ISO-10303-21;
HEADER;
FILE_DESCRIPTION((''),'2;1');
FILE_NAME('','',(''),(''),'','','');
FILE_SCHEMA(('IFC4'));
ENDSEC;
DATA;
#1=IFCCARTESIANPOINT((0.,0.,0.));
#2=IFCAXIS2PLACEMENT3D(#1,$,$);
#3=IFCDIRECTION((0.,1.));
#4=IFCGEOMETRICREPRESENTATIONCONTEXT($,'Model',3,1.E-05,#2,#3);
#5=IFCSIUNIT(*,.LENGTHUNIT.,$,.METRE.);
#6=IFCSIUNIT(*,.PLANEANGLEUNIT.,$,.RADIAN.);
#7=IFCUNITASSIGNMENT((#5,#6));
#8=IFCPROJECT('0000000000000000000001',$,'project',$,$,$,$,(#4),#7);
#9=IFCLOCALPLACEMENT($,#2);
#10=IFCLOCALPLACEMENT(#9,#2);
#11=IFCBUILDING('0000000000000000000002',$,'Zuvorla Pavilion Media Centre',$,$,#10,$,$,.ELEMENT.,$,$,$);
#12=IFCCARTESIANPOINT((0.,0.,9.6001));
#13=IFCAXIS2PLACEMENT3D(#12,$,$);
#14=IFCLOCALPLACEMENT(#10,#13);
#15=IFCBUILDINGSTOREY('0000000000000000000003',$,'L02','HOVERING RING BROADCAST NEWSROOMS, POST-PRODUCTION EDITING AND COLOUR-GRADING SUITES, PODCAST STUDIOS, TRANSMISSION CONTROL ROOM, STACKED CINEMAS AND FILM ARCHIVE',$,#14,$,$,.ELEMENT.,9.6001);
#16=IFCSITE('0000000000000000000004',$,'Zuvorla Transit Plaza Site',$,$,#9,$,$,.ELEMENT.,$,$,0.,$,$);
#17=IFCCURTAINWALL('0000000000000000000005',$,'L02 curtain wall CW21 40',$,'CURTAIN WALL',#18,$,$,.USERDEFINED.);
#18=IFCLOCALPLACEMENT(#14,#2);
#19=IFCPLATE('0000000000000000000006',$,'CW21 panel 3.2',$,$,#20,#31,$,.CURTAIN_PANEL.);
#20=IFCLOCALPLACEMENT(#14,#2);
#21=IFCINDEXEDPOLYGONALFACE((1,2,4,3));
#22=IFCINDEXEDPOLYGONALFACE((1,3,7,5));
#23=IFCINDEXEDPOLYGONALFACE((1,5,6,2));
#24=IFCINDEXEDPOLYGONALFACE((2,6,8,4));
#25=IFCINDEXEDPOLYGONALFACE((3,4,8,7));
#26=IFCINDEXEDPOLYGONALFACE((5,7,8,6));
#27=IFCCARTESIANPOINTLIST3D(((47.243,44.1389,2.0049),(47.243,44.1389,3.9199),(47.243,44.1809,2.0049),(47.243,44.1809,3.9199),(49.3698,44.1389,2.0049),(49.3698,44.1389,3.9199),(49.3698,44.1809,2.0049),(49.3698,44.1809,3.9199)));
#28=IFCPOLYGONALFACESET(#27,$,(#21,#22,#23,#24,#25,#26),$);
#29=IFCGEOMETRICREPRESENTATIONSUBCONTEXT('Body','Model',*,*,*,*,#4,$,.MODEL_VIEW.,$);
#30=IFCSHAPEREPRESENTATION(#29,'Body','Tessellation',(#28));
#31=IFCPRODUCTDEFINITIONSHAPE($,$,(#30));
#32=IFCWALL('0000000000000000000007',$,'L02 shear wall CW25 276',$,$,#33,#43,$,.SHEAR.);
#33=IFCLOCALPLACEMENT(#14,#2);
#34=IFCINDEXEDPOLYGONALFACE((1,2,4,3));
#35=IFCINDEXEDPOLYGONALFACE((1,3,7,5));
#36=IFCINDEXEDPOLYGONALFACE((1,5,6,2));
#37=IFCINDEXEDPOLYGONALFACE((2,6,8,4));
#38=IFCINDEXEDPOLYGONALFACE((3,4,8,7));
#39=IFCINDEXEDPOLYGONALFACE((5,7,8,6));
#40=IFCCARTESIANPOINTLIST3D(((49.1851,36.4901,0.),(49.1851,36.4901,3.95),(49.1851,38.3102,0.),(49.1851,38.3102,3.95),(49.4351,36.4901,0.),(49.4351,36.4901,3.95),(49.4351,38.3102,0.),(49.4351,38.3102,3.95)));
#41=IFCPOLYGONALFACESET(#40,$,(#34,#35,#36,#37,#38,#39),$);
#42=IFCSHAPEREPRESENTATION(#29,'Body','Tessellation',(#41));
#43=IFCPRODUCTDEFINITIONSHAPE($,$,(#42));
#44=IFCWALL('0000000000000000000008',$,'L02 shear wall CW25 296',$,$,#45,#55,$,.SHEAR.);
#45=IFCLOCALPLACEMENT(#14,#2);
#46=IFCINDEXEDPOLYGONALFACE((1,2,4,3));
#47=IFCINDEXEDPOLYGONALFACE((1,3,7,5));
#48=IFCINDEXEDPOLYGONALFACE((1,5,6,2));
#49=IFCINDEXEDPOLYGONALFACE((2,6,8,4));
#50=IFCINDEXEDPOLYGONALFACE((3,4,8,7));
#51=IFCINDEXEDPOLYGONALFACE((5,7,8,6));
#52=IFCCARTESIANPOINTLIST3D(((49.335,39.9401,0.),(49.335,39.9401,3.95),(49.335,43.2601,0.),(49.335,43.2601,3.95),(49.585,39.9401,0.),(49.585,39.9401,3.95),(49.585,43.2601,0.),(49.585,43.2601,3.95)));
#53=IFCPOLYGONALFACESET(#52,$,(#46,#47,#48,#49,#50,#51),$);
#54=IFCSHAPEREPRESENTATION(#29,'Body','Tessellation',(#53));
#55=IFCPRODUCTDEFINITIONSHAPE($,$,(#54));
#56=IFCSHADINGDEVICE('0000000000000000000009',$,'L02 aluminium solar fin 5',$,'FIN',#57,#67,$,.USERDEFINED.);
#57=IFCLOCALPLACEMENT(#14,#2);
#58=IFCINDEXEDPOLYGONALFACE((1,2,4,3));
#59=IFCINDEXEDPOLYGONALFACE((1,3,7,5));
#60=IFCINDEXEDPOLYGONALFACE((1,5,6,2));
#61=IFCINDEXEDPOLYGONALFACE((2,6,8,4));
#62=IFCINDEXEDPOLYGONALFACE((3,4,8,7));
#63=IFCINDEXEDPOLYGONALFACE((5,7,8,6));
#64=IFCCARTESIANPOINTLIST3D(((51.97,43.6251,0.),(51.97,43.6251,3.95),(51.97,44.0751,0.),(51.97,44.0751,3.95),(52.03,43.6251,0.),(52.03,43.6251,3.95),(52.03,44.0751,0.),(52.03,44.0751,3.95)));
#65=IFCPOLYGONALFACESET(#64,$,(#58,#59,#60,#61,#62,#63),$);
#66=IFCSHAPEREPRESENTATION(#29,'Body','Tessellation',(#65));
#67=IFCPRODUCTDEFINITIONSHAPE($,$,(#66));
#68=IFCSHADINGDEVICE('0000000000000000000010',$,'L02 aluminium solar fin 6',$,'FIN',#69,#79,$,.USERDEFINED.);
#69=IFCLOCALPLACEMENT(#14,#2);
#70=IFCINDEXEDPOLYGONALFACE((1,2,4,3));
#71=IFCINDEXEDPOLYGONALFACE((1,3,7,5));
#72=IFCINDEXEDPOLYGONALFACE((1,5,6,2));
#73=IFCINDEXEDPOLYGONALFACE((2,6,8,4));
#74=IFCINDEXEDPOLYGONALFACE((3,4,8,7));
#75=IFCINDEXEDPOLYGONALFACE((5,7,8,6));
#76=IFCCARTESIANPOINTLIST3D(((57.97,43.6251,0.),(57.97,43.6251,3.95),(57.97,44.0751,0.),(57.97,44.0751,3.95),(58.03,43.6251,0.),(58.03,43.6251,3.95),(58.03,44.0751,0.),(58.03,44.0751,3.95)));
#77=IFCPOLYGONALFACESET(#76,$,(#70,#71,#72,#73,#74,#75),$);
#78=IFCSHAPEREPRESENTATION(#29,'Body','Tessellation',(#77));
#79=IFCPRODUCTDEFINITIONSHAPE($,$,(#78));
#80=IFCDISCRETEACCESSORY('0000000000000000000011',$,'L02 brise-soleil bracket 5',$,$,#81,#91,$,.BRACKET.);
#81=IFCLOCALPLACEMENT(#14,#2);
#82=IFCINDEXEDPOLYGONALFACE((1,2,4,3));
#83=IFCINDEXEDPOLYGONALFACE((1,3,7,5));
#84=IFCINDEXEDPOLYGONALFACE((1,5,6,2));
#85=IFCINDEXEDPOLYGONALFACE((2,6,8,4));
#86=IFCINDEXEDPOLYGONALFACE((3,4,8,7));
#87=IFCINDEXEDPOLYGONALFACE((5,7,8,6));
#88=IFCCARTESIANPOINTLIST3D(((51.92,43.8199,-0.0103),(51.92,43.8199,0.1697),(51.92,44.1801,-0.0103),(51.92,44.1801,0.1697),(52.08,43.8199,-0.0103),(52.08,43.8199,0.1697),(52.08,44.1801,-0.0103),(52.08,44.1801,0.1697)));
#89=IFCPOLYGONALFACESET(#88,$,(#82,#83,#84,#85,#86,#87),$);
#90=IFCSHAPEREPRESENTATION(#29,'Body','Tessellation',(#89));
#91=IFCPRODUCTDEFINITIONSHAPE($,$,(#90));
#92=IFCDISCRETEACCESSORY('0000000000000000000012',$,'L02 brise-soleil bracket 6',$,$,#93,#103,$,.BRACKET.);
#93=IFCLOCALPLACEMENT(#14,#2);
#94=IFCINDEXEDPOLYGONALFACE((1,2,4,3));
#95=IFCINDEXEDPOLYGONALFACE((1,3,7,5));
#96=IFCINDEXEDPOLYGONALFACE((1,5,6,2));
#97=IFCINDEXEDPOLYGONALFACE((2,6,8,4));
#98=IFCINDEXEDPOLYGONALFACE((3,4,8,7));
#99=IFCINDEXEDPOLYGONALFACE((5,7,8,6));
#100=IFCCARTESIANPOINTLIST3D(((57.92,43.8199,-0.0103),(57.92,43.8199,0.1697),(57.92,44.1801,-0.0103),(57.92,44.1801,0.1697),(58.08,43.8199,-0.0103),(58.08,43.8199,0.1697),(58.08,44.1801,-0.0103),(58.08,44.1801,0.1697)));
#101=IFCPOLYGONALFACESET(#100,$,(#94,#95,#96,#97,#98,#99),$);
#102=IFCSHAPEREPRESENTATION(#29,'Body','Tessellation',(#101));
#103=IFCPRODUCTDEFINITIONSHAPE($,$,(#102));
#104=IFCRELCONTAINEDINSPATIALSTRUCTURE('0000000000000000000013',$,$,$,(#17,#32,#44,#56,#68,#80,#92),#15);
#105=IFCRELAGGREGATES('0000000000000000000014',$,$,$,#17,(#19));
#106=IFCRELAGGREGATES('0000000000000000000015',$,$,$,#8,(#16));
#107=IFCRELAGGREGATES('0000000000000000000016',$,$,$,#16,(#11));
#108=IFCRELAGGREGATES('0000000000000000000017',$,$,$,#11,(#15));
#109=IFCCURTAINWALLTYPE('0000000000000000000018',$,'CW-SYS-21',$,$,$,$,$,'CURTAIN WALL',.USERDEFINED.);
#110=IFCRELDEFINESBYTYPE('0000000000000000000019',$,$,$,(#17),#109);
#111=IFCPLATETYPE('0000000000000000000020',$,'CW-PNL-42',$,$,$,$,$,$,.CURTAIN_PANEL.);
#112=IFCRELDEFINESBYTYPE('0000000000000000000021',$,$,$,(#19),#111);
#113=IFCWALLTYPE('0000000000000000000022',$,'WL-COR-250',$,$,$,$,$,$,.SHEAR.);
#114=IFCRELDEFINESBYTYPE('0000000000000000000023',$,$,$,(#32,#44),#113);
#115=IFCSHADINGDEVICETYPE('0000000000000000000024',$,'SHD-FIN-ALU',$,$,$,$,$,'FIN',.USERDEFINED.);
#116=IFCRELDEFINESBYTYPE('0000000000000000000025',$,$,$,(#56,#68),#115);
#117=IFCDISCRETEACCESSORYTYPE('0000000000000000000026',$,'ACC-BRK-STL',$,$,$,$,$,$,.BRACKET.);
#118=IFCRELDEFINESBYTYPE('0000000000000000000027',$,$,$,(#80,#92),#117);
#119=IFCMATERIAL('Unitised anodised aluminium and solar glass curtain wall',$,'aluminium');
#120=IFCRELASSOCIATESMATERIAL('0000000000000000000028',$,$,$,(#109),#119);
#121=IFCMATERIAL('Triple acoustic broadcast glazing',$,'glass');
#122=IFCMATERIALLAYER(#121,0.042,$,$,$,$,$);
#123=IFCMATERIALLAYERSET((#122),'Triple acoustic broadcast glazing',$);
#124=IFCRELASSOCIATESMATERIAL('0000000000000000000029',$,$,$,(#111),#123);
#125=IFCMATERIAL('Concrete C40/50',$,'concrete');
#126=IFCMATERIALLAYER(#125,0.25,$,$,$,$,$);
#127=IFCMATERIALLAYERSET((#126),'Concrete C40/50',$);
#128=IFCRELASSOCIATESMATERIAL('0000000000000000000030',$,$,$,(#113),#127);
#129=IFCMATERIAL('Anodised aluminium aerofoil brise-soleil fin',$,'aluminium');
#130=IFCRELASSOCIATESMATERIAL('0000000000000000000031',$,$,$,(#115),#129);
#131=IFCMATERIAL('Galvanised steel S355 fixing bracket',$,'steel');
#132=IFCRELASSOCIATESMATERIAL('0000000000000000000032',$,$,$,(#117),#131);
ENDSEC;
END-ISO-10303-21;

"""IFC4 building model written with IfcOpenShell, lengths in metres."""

from ifc_helpers import new_model, si_unit, direction, frame, frame_2d, origin, origin_2d, place, context, subcontext, project, spatial, rectangle, extrude, material, layer, layer_set, type_object, element, aggregate, save


model = new_model("IFC4")

# Units and contexts
model_context = context("Model", 3, precision=1e-05, world=origin(), true_north=direction((0.0, 1.0)))
body_context = subcontext(model_context, "Body", "Model", "MODEL_VIEW")
ifc_project = project(units=[si_unit("LENGTHUNIT", "METRE"), si_unit("PLANEANGLEUNIT", "RADIAN")], contexts=[model_context])

# Site, building, storey
site_placement = place(None, origin())
site = spatial("IfcSite", under=ifc_project, at=site_placement, Name="Zuvorla Transit Plaza Site", CompositionType="ELEMENT", RefElevation=0.0)
building_placement = place(site_placement, origin())
building = spatial("IfcBuilding", under=site, at=building_placement, Name="Zuvorla Pavilion Media Centre", CompositionType="ELEMENT")
storey_placement = place(building_placement, frame((0.0, 0.0, 9.6001)))
storey = spatial("IfcBuildingStorey", under=building, at=storey_placement, Name="L02", Description="HOVERING RING BROADCAST NEWSROOMS, POST-PRODUCTION EDITING AND COLOUR-GRADING SUITES, PODCAST STUDIOS, TRANSMISSION CONTROL ROOM, STACKED CINEMAS AND FILM ARCHIVE", CompositionType="ELEMENT", Elevation=9.6001)

# Shared definitions
ifc_material_1 = material(Name="Unitised anodised aluminium and solar glass curtain wall", Category="aluminium")

# Curtain wall
curtain_wall_type_1 = type_object("IfcCurtainWallType", Name="CW-SYS-21", ElementType="CURTAIN WALL", PredefinedType="USERDEFINED", material=ifc_material_1)
curtain_wall_1_placement = place(storey_placement, origin())
curtain_wall_1 = element("IfcCurtainWall", 1, at=curtain_wall_1_placement, inside=storey, type_object=curtain_wall_type_1, Name="L02 curtain wall CW21 40", ObjectType="CURTAIN WALL", PredefinedType="USERDEFINED")

# Plate
ifc_material_2 = material(Name="Triple acoustic broadcast glazing", Category="glass")
ifc_layer_1 = layer(ifc_material_2, 0.042)
ifc_layer_set_1 = layer_set([ifc_layer_1], Name="Triple acoustic broadcast glazing")
plate_type_1 = type_object("IfcPlateType", Name="CW-PNL-42", PredefinedType="CURTAIN_PANEL", material=ifc_layer_set_1)
plate_1_placement = place(storey_placement, frame((48.3064, 44.1599, 2.0049), z_axis=(0.0, 0.0, 1.0), x_axis=(1.0, 0.0, 0.0)))
plate_1 = element("IfcPlate", 2, at=plate_1_placement, type_object=plate_type_1, Name="CW21 panel 3.2", PredefinedType="CURTAIN_PANEL", context=body_context, shape_type="SweptSolid", body=[
    extrude(rectangle(XDim=2.1267, YDim=0.042, at=origin_2d()), origin(), (0.0, 0.0, 1.0), 1.915),
])
aggregate(curtain_wall_1, [plate_1])

# Walls
ifc_material_3 = material(Name="Concrete C40/50", Category="concrete")
ifc_layer_2 = layer(ifc_material_3, 0.25)
ifc_layer_set_2 = layer_set([ifc_layer_2], Name="Concrete C40/50")
wall_type = type_object("IfcWallType", Name="WL-COR-250", PredefinedType="SHEAR", material=ifc_layer_set_2)
wall_1_placement = place(storey_placement, frame((49.3101, 36.49, 0.0), z_axis=(0.0, 0.0, 1.0), x_axis=(0.0, 1.0, 0.0)))
element("IfcWall", 3, at=wall_1_placement, inside=storey, type_object=wall_type, Name="L02 shear wall CW25 276", PredefinedType="SHEAR", context=body_context, shape_type="SweptSolid", body=[
    extrude(rectangle(XDim=1.8201, YDim=0.25, at=frame_2d((0.9102, 0.0))), origin(), (0.0, 0.0, 1.0), 3.95),
])
wall_2_placement = place(storey_placement, frame((49.46, 39.9399, 0.0), z_axis=(0.0, 0.0, 1.0), x_axis=(0.0, 1.0, 0.0)))
element("IfcWall", 4, at=wall_2_placement, inside=storey, type_object=wall_type, Name="L02 shear wall CW25 296", PredefinedType="SHEAR", context=body_context, shape_type="SweptSolid", body=[
    extrude(rectangle(XDim=3.3201, YDim=0.25, at=frame_2d((1.6602, 0.0))), origin(), (0.0, 0.0, 1.0), 3.95),
])

# Shading devices
ifc_material_4 = material(Name="Anodised aluminium aerofoil brise-soleil fin", Category="aluminium")
shading_device_type = type_object("IfcShadingDeviceType", Name="SHD-FIN-ALU", ElementType="FIN", PredefinedType="USERDEFINED", material=ifc_material_4)
for number, where, z_axis, x_axis, name in (
    (5, (52.0, 43.8501, 0.0), (0.0, 0.0, 1.0), (1.0, 0.0, 0.0), "L02 aluminium solar fin 5"),
    (6, (58.0, 43.8501, 0.0), (0.0, 0.0, 1.0), (1.0, 0.0, 0.0), "L02 aluminium solar fin 6"),
):
    element("IfcShadingDevice", number, at=place(storey_placement, frame(where, z_axis=z_axis, x_axis=x_axis)), inside=storey, type_object=shading_device_type, Name=name, ObjectType="FIN", PredefinedType="USERDEFINED", context=body_context, shape_type="SweptSolid", body=[
        extrude(rectangle(XDim=0.0601, YDim=0.45, at=origin_2d()), origin(), (0.0, 0.0, 1.0), 3.95),
    ])

# Discrete accessories
ifc_material_5 = material(Name="Galvanised steel S355 fixing bracket", Category="steel")
discrete_accessory_type = type_object("IfcDiscreteAccessoryType", Name="ACC-BRK-STL", PredefinedType="BRACKET", material=ifc_material_5)
for number, where, z_axis, x_axis, name in (
    (7, (52.0, 44.0, -0.0103), (0.0, 0.0, 1.0), (1.0, 0.0, 0.0), "L02 brise-soleil bracket 5"),
    (8, (58.0, 44.0, -0.0103), (0.0, 0.0, 1.0), (1.0, 0.0, 0.0), "L02 brise-soleil bracket 6"),
):
    element("IfcDiscreteAccessory", number, at=place(storey_placement, frame(where, z_axis=z_axis, x_axis=x_axis)), inside=storey, type_object=discrete_accessory_type, Name=name, PredefinedType="BRACKET", context=body_context, shape_type="SweptSolid", body=[
        extrude(rectangle(XDim=0.1599, YDim=0.3601, at=origin_2d()), origin(), (0.0, 0.0, 1.0), 0.1799),
    ])

save(model, "model.ifc")
